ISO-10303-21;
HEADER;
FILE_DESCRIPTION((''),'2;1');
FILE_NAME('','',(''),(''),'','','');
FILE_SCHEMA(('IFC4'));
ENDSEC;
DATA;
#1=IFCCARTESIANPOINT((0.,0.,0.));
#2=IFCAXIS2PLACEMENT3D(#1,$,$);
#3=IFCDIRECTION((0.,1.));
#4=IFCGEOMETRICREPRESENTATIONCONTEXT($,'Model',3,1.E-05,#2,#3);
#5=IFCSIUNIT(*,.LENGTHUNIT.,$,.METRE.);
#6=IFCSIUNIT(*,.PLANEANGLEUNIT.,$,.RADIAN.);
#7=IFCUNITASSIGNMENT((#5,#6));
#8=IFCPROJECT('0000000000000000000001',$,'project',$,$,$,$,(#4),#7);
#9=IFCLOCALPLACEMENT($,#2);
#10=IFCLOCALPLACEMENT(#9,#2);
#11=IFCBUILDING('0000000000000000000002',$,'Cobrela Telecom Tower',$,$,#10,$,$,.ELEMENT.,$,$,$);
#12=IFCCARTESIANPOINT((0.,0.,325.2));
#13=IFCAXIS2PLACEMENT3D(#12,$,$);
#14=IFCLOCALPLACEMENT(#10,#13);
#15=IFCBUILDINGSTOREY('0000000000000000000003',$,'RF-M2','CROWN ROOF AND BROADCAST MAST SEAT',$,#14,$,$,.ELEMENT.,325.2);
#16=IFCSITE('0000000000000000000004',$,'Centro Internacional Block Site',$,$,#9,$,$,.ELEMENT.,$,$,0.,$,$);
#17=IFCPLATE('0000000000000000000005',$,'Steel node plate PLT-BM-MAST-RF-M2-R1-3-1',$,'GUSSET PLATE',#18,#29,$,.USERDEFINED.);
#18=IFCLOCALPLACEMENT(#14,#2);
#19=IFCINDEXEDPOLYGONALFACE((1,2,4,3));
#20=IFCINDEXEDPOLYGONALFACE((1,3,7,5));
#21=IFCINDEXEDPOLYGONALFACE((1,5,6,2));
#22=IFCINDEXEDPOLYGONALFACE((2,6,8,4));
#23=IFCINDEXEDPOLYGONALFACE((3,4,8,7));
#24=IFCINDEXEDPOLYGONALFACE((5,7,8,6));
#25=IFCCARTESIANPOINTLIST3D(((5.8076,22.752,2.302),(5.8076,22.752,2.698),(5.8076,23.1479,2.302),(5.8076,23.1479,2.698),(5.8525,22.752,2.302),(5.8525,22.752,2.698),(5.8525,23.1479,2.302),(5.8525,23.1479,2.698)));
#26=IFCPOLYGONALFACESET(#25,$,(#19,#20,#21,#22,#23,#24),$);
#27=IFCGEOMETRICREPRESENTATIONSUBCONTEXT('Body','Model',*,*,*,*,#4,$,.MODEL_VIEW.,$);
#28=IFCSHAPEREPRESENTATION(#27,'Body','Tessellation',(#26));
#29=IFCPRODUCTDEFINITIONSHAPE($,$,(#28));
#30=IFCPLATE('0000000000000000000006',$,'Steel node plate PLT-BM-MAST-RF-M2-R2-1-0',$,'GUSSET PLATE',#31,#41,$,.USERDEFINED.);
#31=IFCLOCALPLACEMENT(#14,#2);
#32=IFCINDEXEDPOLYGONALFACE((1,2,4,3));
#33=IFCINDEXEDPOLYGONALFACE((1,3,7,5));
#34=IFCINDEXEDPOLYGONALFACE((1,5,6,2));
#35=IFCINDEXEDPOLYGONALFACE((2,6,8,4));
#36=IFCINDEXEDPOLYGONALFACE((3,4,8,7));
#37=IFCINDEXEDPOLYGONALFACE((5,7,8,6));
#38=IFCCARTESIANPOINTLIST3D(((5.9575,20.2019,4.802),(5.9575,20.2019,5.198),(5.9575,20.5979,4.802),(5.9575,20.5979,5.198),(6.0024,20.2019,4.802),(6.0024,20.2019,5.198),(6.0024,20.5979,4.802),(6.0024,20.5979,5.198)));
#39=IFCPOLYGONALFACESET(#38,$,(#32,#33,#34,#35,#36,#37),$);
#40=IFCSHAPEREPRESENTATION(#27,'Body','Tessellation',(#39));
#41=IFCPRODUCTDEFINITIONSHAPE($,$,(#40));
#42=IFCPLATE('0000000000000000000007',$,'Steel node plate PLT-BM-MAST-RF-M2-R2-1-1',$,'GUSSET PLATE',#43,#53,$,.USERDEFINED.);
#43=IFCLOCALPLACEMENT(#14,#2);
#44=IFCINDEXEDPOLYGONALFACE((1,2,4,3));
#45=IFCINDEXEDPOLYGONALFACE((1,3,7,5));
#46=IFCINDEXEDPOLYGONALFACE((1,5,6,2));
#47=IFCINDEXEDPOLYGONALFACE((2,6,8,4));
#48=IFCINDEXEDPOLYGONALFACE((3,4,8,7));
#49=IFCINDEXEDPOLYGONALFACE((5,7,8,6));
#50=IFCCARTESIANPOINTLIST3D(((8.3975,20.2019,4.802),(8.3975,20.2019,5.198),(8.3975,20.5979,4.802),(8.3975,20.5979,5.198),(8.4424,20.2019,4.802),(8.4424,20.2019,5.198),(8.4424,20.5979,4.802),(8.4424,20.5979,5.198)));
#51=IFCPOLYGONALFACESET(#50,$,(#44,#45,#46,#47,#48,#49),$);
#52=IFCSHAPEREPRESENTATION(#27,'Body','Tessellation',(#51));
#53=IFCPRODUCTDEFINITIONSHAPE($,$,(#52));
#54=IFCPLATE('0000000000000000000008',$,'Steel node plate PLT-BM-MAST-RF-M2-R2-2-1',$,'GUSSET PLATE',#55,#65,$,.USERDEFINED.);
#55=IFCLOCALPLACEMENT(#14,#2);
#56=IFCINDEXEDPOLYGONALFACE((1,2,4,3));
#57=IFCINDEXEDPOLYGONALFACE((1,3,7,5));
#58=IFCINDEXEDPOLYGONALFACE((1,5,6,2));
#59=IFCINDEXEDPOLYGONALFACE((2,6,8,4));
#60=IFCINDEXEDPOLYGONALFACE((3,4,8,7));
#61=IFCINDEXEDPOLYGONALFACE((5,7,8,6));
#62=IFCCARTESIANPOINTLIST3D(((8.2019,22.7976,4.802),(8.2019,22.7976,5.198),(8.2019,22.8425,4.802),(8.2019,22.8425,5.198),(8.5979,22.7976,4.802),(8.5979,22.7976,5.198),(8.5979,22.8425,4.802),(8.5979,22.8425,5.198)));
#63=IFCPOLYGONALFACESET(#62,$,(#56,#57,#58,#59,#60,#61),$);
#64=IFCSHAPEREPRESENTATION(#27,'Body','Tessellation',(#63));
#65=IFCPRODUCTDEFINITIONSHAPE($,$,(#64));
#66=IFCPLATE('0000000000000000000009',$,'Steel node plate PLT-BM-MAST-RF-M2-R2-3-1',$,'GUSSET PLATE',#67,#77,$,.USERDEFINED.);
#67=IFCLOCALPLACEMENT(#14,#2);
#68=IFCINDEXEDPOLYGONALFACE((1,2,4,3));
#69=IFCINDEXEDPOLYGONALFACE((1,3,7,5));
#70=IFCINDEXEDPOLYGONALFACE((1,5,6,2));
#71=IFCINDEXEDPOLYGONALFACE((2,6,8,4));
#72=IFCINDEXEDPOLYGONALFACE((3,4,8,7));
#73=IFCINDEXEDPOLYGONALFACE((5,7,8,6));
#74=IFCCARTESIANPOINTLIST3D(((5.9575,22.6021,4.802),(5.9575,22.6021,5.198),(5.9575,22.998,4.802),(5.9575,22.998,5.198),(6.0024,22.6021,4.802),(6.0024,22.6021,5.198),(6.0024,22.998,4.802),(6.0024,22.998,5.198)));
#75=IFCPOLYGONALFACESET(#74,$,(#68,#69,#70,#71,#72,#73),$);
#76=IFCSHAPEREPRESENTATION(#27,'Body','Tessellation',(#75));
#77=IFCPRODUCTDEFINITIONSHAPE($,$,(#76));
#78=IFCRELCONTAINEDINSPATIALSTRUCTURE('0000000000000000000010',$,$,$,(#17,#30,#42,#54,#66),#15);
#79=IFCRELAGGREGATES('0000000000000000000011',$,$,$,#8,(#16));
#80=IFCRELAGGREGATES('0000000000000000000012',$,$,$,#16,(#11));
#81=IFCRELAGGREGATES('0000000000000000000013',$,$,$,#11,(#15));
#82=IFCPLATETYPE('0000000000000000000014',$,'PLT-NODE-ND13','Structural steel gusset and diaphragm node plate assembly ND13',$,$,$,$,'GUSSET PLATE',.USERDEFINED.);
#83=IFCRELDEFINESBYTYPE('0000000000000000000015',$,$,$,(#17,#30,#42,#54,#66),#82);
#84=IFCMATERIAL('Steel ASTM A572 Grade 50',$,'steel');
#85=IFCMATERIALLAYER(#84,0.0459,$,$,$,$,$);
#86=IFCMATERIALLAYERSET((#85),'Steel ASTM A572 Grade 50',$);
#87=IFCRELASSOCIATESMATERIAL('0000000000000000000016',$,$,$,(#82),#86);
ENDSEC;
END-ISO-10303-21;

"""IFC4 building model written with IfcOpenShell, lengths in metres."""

from ifc_helpers import new_model, si_unit, direction, frame, origin, origin_2d, place, context, subcontext, project, spatial, rectangle, extrude, material, layer, layer_set, type_object, element, save


model = new_model("IFC4")

# Units and contexts
model_context = context("Model", 3, precision=1e-05, world=origin(), true_north=direction((0.0, 1.0)))
body_context = subcontext(model_context, "Body", "Model", "MODEL_VIEW")
ifc_project = project(units=[si_unit("LENGTHUNIT", "METRE"), si_unit("PLANEANGLEUNIT", "RADIAN")], contexts=[model_context])

# Site, building, storey
site_placement = place(None, origin())
site = spatial("IfcSite", under=ifc_project, at=site_placement, Name="Centro Internacional Block Site", CompositionType="ELEMENT", RefElevation=0.0)
building_placement = place(site_placement, origin())
building = spatial("IfcBuilding", under=site, at=building_placement, Name="Cobrela Telecom Tower", CompositionType="ELEMENT")
storey_placement = place(building_placement, frame((0.0, 0.0, 325.2)))
storey = spatial("IfcBuildingStorey", under=building, at=storey_placement, Name="RF-M2", Description="CROWN ROOF AND BROADCAST MAST SEAT", CompositionType="ELEMENT", Elevation=325.2)

# Shared definitions
ifc_material = material(Name="Steel ASTM A572 Grade 50", Category="steel")

# Plates
ifc_layer = layer(ifc_material, 0.0459)
ifc_layer_set = layer_set([ifc_layer], Name="Steel ASTM A572 Grade 50")
plate_type = type_object("IfcPlateType", Name="PLT-NODE-ND13", Description="Structural steel gusset and diaphragm node plate assembly ND13", ElementType="GUSSET PLATE", PredefinedType="USERDEFINED", material=ifc_layer_set)
for number, where, z_axis, x_axis, name in (
    (1, (5.8301, 22.95, 2.302), (0.0, 0.0, 1.0), (-1.0, 0.0, 0.0), "Steel node plate PLT-BM-MAST-RF-M2-R1-3-1"),
    (2, (5.98, 20.3999, 4.802), (0.0, 0.0, 1.0), (1.0, 0.0, 0.0), "Steel node plate PLT-BM-MAST-RF-M2-R2-1-0"),
    (3, (8.4199, 20.3999, 4.802), (0.0, 0.0, 1.0), (1.0, 0.0, 0.0), "Steel node plate PLT-BM-MAST-RF-M2-R2-1-1"),
    (4, (8.3999, 22.8201, 4.802), (0.0, 0.0, 1.0), (0.0, 1.0, 0.0), "Steel node plate PLT-BM-MAST-RF-M2-R2-2-1"),
    (5, (5.98, 22.8, 4.802), (0.0, 0.0, 1.0), (-1.0, 0.0, 0.0), "Steel node plate PLT-BM-MAST-RF-M2-R2-3-1"),
):
    element("IfcPlate", number, at=place(storey_placement, frame(where, z_axis=z_axis, x_axis=x_axis)), inside=storey, type_object=plate_type, Name=name, ObjectType="GUSSET PLATE", PredefinedType="USERDEFINED", context=body_context, shape_type="SweptSolid", body=[
        extrude(rectangle(XDim=0.0449, YDim=0.396, at=origin_2d()), origin(), (0.0, 0.0, 1.0), 0.396),
    ])

save(model, "model.ifc")
